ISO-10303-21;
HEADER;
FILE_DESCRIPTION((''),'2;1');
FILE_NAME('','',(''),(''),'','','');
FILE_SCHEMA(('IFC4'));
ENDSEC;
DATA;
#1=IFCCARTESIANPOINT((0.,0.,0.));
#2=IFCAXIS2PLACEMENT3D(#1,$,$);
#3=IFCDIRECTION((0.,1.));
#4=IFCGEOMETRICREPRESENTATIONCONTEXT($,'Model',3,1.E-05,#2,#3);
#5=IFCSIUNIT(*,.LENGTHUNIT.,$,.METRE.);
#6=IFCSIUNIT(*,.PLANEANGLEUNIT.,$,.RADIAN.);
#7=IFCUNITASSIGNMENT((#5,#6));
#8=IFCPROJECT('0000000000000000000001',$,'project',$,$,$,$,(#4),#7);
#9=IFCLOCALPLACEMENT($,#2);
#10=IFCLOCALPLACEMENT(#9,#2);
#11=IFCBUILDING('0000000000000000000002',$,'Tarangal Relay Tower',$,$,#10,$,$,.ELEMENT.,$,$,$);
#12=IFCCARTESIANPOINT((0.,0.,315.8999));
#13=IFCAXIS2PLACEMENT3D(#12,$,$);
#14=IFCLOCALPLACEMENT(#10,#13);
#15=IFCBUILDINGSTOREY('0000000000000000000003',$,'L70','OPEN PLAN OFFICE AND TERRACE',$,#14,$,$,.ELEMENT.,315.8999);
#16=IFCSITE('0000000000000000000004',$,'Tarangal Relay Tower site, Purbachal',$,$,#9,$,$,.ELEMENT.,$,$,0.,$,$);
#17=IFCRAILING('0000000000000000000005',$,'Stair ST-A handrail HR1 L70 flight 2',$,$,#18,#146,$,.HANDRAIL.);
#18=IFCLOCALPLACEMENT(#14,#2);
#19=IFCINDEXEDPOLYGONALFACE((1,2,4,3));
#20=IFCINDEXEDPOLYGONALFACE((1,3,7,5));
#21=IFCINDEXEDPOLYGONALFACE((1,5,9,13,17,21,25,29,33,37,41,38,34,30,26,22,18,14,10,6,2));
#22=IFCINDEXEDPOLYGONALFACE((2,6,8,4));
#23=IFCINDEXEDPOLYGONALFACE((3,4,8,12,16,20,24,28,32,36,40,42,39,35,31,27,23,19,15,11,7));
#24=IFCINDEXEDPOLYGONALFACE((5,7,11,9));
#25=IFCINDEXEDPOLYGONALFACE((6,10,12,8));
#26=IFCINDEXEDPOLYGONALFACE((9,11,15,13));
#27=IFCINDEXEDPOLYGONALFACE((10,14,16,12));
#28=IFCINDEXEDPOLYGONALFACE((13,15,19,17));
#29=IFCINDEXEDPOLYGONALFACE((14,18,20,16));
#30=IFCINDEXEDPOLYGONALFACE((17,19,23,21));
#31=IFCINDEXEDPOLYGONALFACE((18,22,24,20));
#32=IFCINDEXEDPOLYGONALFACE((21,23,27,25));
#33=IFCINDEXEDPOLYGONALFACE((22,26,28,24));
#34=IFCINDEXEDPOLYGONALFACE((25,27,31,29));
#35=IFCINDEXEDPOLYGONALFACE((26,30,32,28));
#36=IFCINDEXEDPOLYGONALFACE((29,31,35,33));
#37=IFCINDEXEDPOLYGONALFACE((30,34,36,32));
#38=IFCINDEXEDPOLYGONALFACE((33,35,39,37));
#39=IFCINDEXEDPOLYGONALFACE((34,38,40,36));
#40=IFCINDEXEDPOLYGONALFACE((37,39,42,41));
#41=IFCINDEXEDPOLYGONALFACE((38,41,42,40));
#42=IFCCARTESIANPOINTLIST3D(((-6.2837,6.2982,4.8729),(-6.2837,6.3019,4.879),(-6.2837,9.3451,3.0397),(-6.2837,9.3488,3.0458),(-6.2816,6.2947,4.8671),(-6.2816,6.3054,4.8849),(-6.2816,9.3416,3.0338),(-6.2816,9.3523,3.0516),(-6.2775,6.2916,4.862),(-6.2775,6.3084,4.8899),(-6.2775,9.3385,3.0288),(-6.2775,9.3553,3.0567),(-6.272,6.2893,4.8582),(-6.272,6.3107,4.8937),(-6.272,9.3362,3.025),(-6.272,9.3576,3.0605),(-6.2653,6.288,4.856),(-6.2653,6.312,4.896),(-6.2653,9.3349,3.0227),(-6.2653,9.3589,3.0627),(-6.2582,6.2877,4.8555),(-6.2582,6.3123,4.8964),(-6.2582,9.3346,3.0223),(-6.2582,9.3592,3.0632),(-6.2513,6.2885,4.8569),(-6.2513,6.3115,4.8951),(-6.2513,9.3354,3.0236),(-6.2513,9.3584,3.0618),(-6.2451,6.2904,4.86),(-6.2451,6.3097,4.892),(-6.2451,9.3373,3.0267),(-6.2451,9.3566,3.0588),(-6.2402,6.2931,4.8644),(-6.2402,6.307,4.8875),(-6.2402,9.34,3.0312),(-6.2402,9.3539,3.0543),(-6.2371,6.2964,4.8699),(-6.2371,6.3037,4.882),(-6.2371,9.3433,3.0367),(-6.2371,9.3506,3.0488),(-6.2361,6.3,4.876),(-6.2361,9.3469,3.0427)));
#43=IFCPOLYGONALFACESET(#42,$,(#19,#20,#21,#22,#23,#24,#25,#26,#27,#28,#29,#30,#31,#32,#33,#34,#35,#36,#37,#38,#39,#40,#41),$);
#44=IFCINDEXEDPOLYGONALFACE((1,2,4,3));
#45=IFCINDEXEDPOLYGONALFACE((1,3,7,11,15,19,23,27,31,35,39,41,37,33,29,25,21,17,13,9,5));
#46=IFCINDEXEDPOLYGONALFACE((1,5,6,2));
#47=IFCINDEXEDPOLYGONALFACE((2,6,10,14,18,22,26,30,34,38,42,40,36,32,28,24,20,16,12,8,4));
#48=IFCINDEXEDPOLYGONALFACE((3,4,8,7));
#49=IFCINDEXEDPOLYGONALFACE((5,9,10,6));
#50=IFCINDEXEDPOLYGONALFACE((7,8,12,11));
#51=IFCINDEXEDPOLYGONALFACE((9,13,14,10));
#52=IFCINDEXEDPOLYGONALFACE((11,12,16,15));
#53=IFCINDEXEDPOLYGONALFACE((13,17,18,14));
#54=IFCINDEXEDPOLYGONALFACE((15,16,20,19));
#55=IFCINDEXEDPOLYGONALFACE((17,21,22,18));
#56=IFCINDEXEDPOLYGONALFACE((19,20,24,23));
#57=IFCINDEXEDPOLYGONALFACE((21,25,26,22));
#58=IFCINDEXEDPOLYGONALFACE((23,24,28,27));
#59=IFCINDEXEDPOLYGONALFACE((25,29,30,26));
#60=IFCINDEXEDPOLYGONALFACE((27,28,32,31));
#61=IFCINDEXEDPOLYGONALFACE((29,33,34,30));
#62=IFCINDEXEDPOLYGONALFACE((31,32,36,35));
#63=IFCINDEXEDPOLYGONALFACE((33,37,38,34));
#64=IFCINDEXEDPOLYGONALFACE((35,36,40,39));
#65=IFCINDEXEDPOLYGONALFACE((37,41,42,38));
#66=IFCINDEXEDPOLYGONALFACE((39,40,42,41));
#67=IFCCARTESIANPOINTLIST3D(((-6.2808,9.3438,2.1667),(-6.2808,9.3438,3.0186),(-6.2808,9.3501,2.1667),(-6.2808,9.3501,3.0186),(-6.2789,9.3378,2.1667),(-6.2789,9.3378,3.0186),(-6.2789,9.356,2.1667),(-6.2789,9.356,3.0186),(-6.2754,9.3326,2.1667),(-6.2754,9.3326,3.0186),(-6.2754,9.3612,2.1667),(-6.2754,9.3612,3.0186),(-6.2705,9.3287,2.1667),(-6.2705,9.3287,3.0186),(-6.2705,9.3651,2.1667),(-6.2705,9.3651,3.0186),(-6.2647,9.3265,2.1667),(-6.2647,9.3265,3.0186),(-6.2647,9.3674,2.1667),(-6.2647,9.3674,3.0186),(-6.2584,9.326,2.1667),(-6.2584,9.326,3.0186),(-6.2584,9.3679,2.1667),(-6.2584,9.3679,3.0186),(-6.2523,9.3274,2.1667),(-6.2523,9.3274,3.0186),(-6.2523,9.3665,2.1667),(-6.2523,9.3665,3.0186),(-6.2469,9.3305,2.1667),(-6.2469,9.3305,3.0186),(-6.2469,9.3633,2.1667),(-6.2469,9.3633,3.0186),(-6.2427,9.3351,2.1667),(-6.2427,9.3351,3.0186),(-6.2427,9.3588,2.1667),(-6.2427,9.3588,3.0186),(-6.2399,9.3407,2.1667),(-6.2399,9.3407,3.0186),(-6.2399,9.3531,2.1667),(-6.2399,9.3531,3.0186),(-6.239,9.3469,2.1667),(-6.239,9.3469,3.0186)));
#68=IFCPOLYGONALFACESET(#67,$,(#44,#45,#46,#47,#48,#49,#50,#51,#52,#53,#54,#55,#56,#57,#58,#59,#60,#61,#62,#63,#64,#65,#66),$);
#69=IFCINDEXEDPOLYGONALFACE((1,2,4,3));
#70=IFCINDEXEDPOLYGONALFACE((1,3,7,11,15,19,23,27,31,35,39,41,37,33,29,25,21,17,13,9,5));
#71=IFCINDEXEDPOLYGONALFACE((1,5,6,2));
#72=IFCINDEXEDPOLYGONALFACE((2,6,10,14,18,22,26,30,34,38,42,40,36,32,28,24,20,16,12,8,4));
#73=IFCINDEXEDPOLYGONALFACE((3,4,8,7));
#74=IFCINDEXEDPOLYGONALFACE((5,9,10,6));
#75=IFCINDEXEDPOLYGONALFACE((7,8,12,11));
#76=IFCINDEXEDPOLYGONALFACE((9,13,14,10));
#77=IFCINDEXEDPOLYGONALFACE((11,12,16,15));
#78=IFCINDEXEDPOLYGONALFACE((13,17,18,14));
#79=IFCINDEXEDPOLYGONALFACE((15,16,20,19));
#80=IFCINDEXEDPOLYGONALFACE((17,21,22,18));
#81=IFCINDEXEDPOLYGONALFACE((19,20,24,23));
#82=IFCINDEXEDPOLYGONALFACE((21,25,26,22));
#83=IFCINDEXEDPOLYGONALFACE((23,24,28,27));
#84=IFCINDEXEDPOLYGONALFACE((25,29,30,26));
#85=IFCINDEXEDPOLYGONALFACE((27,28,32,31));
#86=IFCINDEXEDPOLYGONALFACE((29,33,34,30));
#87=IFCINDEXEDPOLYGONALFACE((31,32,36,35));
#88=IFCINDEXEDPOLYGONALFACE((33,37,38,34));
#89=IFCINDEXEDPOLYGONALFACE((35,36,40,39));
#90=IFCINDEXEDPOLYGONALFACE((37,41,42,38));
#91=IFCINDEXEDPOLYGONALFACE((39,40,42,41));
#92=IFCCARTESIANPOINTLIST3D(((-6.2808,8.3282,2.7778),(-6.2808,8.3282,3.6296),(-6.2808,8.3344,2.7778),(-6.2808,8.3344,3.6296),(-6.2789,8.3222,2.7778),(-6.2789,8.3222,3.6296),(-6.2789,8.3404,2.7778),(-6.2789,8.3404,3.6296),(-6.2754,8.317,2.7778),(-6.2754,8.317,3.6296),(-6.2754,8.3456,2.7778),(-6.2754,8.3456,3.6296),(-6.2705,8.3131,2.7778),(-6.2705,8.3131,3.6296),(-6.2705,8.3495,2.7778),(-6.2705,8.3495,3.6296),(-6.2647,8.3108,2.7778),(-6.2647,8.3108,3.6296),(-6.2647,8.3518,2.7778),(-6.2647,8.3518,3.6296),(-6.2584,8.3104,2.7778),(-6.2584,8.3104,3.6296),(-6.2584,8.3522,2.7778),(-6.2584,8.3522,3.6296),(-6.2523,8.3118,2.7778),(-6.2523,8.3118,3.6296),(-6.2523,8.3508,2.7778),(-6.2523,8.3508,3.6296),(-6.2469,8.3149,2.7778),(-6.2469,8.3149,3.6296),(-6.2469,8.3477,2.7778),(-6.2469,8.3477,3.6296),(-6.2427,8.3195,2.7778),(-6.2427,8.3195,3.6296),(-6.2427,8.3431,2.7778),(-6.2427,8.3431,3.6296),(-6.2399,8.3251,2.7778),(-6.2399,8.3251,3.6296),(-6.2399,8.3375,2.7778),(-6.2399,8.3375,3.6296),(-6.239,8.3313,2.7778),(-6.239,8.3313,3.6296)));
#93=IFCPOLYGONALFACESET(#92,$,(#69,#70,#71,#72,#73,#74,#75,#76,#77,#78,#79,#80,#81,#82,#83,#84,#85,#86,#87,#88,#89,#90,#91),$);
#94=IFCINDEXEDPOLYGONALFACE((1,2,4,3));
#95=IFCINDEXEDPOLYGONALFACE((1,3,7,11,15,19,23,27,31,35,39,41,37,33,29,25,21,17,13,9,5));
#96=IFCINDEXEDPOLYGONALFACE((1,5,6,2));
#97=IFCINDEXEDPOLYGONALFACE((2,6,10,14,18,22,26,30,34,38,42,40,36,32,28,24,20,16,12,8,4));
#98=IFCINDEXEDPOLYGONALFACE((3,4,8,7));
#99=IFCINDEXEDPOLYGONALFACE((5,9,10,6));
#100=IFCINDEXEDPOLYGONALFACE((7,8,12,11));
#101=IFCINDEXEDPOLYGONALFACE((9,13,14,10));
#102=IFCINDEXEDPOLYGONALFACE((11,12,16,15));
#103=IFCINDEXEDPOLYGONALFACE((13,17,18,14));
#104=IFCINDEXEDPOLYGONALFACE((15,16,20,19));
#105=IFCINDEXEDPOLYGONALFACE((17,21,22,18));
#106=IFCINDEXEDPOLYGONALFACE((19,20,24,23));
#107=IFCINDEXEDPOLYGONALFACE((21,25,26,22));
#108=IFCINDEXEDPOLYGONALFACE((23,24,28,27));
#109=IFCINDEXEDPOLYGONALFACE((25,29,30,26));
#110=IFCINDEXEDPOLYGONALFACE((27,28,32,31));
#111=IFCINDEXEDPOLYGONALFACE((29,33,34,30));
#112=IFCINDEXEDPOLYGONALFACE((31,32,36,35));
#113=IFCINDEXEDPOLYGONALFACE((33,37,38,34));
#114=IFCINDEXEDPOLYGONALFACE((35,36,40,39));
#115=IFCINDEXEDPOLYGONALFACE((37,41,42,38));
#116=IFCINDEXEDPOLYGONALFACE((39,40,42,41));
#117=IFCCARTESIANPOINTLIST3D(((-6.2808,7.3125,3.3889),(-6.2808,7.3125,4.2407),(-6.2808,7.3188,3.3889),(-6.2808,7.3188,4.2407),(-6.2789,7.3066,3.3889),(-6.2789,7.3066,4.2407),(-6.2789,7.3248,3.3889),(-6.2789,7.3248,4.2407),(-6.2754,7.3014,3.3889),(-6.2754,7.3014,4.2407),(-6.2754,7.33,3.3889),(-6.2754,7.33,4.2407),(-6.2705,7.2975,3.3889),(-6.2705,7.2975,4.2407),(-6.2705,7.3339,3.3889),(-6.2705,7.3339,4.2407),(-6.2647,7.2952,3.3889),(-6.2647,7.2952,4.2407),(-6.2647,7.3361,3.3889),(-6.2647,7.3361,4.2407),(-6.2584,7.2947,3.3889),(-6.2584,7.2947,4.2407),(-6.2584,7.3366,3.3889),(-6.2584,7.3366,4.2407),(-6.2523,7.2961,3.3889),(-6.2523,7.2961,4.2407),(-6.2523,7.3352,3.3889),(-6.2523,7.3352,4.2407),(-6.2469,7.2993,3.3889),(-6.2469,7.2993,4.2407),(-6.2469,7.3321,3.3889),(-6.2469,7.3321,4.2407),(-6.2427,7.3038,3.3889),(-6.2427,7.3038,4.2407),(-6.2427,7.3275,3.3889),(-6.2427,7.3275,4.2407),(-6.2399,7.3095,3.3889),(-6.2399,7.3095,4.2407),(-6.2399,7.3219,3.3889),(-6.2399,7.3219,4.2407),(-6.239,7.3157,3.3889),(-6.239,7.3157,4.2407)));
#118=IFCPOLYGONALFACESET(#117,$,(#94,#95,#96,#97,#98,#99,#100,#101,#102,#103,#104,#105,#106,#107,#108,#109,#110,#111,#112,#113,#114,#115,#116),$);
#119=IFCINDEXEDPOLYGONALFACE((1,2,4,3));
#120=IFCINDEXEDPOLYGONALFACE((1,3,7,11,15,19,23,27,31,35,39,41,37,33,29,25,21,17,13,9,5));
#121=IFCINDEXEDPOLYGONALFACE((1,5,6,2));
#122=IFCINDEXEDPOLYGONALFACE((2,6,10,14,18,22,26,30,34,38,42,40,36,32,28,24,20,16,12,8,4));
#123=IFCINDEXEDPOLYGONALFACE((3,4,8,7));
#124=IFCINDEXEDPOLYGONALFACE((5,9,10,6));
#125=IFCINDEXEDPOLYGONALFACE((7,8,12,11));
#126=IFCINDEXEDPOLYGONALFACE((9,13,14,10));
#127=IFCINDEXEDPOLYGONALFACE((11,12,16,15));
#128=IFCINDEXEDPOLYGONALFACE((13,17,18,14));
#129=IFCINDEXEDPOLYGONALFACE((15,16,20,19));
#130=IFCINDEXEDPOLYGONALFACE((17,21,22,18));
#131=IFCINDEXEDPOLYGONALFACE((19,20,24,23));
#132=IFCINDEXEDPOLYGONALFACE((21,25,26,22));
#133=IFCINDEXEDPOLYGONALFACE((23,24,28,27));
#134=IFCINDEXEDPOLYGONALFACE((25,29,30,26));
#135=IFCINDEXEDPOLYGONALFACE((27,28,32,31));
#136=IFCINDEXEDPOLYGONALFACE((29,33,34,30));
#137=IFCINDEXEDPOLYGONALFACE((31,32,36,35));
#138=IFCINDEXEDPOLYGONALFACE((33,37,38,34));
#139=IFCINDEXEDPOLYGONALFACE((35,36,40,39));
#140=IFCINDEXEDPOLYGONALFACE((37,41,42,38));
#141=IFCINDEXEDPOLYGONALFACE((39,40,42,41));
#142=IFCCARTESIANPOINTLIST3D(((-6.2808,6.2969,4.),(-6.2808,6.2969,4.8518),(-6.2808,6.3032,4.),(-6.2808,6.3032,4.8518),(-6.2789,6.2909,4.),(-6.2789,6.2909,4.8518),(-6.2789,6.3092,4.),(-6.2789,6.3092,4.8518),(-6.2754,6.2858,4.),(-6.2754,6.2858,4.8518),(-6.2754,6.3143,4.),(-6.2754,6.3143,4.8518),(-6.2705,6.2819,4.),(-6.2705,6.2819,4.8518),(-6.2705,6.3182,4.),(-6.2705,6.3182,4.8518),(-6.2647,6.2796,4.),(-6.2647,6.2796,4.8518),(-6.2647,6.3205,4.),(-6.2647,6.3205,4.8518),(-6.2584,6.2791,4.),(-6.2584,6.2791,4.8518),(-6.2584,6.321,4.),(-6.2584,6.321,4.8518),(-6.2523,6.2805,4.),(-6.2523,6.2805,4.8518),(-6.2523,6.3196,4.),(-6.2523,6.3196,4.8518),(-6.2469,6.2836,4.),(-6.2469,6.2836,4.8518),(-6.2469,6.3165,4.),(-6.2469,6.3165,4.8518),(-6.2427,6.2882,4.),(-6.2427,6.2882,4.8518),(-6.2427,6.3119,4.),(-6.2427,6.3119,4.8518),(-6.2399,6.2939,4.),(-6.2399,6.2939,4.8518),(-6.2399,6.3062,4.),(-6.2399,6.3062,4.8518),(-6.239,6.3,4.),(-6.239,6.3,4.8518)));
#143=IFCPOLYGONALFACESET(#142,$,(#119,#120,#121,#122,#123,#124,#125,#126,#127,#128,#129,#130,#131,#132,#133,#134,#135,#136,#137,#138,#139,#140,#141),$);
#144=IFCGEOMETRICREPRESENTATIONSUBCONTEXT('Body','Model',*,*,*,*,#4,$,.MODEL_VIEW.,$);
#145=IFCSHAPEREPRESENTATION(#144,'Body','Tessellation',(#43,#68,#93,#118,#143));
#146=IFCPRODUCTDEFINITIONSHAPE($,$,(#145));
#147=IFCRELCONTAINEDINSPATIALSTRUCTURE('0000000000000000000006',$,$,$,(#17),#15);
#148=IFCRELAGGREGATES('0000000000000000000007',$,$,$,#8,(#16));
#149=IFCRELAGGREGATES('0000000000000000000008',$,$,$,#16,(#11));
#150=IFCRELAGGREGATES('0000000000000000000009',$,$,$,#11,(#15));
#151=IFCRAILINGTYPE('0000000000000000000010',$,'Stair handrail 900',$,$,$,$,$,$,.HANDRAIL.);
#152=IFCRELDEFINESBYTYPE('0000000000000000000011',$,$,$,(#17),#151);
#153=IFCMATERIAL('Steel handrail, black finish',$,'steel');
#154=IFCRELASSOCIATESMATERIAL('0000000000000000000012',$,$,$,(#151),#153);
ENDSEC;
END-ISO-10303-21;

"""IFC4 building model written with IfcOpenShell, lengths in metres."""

from ifc_helpers import new_model, si_unit, direction, frame, origin, origin_2d, place, context, subcontext, project, spatial, circle, extrude, material, type_object, element, save


model = new_model("IFC4")

# Units and contexts
model_context = context("Model", 3, precision=1e-05, world=origin(), true_north=direction((0.0, 1.0)))
body_context = subcontext(model_context, "Body", "Model", "MODEL_VIEW")
ifc_project = project(units=[si_unit("LENGTHUNIT", "METRE"), si_unit("PLANEANGLEUNIT", "RADIAN")], contexts=[model_context])

# Site, building, storey
site_placement = place(None, origin())
site = spatial("IfcSite", under=ifc_project, at=site_placement, Name="Tarangal Relay Tower site, Purbachal", CompositionType="ELEMENT", RefElevation=0.0)
building_placement = place(site_placement, origin())
building = spatial("IfcBuilding", under=site, at=building_placement, Name="Tarangal Relay Tower", CompositionType="ELEMENT")
storey_placement = place(building_placement, frame((0.0, 0.0, 315.8999)))
storey = spatial("IfcBuildingStorey", under=building, at=storey_placement, Name="L70", Description="OPEN PLAN OFFICE AND TERRACE", CompositionType="ELEMENT", Elevation=315.8999)

# Railing
ifc_material_1 = material(Name="Steel handrail, black finish", Category="steel")
railing_type_1 = type_object("IfcRailingType", Name="Stair handrail 900", PredefinedType="HANDRAIL", material=ifc_material_1)
railing_1_placement = place(storey_placement, frame((-6.26, 9.3469, 2.1667)))
element("IfcRailing", 1, at=railing_1_placement, inside=storey, type_object=railing_type_1, Name="Stair ST-A handrail HR1 L70 flight 2", PredefinedType="HANDRAIL", context=body_context, shape_type="SweptSolid", body=[
    extrude(circle(Radius=0.0239, at=origin_2d()), frame((0.0, 0.0, 0.876), z_axis=(0.0, -0.856856, 0.515556), x_axis=(1.0, 0.0, 0.0)), (0.0, 0.0, 1.0), 3.5559),
    extrude(circle(Radius=0.021, at=origin_2d()), origin(), (0.0, 0.0, 1.0), 0.8518),
    extrude(circle(Radius=0.021, at=origin_2d()), frame((0.0, -1.0156, 0.6111)), (0.0, 0.0, 1.0), 0.8518),
    extrude(circle(Radius=0.021, at=origin_2d()), frame((0.0, -2.0312, 1.2222)), (0.0, 0.0, 1.0), 0.8518),
    extrude(circle(Radius=0.021, at=origin_2d()), frame((0.0, -3.0469, 1.8333)), (0.0, 0.0, 1.0), 0.8518),
])

save(model, "model.ifc")
